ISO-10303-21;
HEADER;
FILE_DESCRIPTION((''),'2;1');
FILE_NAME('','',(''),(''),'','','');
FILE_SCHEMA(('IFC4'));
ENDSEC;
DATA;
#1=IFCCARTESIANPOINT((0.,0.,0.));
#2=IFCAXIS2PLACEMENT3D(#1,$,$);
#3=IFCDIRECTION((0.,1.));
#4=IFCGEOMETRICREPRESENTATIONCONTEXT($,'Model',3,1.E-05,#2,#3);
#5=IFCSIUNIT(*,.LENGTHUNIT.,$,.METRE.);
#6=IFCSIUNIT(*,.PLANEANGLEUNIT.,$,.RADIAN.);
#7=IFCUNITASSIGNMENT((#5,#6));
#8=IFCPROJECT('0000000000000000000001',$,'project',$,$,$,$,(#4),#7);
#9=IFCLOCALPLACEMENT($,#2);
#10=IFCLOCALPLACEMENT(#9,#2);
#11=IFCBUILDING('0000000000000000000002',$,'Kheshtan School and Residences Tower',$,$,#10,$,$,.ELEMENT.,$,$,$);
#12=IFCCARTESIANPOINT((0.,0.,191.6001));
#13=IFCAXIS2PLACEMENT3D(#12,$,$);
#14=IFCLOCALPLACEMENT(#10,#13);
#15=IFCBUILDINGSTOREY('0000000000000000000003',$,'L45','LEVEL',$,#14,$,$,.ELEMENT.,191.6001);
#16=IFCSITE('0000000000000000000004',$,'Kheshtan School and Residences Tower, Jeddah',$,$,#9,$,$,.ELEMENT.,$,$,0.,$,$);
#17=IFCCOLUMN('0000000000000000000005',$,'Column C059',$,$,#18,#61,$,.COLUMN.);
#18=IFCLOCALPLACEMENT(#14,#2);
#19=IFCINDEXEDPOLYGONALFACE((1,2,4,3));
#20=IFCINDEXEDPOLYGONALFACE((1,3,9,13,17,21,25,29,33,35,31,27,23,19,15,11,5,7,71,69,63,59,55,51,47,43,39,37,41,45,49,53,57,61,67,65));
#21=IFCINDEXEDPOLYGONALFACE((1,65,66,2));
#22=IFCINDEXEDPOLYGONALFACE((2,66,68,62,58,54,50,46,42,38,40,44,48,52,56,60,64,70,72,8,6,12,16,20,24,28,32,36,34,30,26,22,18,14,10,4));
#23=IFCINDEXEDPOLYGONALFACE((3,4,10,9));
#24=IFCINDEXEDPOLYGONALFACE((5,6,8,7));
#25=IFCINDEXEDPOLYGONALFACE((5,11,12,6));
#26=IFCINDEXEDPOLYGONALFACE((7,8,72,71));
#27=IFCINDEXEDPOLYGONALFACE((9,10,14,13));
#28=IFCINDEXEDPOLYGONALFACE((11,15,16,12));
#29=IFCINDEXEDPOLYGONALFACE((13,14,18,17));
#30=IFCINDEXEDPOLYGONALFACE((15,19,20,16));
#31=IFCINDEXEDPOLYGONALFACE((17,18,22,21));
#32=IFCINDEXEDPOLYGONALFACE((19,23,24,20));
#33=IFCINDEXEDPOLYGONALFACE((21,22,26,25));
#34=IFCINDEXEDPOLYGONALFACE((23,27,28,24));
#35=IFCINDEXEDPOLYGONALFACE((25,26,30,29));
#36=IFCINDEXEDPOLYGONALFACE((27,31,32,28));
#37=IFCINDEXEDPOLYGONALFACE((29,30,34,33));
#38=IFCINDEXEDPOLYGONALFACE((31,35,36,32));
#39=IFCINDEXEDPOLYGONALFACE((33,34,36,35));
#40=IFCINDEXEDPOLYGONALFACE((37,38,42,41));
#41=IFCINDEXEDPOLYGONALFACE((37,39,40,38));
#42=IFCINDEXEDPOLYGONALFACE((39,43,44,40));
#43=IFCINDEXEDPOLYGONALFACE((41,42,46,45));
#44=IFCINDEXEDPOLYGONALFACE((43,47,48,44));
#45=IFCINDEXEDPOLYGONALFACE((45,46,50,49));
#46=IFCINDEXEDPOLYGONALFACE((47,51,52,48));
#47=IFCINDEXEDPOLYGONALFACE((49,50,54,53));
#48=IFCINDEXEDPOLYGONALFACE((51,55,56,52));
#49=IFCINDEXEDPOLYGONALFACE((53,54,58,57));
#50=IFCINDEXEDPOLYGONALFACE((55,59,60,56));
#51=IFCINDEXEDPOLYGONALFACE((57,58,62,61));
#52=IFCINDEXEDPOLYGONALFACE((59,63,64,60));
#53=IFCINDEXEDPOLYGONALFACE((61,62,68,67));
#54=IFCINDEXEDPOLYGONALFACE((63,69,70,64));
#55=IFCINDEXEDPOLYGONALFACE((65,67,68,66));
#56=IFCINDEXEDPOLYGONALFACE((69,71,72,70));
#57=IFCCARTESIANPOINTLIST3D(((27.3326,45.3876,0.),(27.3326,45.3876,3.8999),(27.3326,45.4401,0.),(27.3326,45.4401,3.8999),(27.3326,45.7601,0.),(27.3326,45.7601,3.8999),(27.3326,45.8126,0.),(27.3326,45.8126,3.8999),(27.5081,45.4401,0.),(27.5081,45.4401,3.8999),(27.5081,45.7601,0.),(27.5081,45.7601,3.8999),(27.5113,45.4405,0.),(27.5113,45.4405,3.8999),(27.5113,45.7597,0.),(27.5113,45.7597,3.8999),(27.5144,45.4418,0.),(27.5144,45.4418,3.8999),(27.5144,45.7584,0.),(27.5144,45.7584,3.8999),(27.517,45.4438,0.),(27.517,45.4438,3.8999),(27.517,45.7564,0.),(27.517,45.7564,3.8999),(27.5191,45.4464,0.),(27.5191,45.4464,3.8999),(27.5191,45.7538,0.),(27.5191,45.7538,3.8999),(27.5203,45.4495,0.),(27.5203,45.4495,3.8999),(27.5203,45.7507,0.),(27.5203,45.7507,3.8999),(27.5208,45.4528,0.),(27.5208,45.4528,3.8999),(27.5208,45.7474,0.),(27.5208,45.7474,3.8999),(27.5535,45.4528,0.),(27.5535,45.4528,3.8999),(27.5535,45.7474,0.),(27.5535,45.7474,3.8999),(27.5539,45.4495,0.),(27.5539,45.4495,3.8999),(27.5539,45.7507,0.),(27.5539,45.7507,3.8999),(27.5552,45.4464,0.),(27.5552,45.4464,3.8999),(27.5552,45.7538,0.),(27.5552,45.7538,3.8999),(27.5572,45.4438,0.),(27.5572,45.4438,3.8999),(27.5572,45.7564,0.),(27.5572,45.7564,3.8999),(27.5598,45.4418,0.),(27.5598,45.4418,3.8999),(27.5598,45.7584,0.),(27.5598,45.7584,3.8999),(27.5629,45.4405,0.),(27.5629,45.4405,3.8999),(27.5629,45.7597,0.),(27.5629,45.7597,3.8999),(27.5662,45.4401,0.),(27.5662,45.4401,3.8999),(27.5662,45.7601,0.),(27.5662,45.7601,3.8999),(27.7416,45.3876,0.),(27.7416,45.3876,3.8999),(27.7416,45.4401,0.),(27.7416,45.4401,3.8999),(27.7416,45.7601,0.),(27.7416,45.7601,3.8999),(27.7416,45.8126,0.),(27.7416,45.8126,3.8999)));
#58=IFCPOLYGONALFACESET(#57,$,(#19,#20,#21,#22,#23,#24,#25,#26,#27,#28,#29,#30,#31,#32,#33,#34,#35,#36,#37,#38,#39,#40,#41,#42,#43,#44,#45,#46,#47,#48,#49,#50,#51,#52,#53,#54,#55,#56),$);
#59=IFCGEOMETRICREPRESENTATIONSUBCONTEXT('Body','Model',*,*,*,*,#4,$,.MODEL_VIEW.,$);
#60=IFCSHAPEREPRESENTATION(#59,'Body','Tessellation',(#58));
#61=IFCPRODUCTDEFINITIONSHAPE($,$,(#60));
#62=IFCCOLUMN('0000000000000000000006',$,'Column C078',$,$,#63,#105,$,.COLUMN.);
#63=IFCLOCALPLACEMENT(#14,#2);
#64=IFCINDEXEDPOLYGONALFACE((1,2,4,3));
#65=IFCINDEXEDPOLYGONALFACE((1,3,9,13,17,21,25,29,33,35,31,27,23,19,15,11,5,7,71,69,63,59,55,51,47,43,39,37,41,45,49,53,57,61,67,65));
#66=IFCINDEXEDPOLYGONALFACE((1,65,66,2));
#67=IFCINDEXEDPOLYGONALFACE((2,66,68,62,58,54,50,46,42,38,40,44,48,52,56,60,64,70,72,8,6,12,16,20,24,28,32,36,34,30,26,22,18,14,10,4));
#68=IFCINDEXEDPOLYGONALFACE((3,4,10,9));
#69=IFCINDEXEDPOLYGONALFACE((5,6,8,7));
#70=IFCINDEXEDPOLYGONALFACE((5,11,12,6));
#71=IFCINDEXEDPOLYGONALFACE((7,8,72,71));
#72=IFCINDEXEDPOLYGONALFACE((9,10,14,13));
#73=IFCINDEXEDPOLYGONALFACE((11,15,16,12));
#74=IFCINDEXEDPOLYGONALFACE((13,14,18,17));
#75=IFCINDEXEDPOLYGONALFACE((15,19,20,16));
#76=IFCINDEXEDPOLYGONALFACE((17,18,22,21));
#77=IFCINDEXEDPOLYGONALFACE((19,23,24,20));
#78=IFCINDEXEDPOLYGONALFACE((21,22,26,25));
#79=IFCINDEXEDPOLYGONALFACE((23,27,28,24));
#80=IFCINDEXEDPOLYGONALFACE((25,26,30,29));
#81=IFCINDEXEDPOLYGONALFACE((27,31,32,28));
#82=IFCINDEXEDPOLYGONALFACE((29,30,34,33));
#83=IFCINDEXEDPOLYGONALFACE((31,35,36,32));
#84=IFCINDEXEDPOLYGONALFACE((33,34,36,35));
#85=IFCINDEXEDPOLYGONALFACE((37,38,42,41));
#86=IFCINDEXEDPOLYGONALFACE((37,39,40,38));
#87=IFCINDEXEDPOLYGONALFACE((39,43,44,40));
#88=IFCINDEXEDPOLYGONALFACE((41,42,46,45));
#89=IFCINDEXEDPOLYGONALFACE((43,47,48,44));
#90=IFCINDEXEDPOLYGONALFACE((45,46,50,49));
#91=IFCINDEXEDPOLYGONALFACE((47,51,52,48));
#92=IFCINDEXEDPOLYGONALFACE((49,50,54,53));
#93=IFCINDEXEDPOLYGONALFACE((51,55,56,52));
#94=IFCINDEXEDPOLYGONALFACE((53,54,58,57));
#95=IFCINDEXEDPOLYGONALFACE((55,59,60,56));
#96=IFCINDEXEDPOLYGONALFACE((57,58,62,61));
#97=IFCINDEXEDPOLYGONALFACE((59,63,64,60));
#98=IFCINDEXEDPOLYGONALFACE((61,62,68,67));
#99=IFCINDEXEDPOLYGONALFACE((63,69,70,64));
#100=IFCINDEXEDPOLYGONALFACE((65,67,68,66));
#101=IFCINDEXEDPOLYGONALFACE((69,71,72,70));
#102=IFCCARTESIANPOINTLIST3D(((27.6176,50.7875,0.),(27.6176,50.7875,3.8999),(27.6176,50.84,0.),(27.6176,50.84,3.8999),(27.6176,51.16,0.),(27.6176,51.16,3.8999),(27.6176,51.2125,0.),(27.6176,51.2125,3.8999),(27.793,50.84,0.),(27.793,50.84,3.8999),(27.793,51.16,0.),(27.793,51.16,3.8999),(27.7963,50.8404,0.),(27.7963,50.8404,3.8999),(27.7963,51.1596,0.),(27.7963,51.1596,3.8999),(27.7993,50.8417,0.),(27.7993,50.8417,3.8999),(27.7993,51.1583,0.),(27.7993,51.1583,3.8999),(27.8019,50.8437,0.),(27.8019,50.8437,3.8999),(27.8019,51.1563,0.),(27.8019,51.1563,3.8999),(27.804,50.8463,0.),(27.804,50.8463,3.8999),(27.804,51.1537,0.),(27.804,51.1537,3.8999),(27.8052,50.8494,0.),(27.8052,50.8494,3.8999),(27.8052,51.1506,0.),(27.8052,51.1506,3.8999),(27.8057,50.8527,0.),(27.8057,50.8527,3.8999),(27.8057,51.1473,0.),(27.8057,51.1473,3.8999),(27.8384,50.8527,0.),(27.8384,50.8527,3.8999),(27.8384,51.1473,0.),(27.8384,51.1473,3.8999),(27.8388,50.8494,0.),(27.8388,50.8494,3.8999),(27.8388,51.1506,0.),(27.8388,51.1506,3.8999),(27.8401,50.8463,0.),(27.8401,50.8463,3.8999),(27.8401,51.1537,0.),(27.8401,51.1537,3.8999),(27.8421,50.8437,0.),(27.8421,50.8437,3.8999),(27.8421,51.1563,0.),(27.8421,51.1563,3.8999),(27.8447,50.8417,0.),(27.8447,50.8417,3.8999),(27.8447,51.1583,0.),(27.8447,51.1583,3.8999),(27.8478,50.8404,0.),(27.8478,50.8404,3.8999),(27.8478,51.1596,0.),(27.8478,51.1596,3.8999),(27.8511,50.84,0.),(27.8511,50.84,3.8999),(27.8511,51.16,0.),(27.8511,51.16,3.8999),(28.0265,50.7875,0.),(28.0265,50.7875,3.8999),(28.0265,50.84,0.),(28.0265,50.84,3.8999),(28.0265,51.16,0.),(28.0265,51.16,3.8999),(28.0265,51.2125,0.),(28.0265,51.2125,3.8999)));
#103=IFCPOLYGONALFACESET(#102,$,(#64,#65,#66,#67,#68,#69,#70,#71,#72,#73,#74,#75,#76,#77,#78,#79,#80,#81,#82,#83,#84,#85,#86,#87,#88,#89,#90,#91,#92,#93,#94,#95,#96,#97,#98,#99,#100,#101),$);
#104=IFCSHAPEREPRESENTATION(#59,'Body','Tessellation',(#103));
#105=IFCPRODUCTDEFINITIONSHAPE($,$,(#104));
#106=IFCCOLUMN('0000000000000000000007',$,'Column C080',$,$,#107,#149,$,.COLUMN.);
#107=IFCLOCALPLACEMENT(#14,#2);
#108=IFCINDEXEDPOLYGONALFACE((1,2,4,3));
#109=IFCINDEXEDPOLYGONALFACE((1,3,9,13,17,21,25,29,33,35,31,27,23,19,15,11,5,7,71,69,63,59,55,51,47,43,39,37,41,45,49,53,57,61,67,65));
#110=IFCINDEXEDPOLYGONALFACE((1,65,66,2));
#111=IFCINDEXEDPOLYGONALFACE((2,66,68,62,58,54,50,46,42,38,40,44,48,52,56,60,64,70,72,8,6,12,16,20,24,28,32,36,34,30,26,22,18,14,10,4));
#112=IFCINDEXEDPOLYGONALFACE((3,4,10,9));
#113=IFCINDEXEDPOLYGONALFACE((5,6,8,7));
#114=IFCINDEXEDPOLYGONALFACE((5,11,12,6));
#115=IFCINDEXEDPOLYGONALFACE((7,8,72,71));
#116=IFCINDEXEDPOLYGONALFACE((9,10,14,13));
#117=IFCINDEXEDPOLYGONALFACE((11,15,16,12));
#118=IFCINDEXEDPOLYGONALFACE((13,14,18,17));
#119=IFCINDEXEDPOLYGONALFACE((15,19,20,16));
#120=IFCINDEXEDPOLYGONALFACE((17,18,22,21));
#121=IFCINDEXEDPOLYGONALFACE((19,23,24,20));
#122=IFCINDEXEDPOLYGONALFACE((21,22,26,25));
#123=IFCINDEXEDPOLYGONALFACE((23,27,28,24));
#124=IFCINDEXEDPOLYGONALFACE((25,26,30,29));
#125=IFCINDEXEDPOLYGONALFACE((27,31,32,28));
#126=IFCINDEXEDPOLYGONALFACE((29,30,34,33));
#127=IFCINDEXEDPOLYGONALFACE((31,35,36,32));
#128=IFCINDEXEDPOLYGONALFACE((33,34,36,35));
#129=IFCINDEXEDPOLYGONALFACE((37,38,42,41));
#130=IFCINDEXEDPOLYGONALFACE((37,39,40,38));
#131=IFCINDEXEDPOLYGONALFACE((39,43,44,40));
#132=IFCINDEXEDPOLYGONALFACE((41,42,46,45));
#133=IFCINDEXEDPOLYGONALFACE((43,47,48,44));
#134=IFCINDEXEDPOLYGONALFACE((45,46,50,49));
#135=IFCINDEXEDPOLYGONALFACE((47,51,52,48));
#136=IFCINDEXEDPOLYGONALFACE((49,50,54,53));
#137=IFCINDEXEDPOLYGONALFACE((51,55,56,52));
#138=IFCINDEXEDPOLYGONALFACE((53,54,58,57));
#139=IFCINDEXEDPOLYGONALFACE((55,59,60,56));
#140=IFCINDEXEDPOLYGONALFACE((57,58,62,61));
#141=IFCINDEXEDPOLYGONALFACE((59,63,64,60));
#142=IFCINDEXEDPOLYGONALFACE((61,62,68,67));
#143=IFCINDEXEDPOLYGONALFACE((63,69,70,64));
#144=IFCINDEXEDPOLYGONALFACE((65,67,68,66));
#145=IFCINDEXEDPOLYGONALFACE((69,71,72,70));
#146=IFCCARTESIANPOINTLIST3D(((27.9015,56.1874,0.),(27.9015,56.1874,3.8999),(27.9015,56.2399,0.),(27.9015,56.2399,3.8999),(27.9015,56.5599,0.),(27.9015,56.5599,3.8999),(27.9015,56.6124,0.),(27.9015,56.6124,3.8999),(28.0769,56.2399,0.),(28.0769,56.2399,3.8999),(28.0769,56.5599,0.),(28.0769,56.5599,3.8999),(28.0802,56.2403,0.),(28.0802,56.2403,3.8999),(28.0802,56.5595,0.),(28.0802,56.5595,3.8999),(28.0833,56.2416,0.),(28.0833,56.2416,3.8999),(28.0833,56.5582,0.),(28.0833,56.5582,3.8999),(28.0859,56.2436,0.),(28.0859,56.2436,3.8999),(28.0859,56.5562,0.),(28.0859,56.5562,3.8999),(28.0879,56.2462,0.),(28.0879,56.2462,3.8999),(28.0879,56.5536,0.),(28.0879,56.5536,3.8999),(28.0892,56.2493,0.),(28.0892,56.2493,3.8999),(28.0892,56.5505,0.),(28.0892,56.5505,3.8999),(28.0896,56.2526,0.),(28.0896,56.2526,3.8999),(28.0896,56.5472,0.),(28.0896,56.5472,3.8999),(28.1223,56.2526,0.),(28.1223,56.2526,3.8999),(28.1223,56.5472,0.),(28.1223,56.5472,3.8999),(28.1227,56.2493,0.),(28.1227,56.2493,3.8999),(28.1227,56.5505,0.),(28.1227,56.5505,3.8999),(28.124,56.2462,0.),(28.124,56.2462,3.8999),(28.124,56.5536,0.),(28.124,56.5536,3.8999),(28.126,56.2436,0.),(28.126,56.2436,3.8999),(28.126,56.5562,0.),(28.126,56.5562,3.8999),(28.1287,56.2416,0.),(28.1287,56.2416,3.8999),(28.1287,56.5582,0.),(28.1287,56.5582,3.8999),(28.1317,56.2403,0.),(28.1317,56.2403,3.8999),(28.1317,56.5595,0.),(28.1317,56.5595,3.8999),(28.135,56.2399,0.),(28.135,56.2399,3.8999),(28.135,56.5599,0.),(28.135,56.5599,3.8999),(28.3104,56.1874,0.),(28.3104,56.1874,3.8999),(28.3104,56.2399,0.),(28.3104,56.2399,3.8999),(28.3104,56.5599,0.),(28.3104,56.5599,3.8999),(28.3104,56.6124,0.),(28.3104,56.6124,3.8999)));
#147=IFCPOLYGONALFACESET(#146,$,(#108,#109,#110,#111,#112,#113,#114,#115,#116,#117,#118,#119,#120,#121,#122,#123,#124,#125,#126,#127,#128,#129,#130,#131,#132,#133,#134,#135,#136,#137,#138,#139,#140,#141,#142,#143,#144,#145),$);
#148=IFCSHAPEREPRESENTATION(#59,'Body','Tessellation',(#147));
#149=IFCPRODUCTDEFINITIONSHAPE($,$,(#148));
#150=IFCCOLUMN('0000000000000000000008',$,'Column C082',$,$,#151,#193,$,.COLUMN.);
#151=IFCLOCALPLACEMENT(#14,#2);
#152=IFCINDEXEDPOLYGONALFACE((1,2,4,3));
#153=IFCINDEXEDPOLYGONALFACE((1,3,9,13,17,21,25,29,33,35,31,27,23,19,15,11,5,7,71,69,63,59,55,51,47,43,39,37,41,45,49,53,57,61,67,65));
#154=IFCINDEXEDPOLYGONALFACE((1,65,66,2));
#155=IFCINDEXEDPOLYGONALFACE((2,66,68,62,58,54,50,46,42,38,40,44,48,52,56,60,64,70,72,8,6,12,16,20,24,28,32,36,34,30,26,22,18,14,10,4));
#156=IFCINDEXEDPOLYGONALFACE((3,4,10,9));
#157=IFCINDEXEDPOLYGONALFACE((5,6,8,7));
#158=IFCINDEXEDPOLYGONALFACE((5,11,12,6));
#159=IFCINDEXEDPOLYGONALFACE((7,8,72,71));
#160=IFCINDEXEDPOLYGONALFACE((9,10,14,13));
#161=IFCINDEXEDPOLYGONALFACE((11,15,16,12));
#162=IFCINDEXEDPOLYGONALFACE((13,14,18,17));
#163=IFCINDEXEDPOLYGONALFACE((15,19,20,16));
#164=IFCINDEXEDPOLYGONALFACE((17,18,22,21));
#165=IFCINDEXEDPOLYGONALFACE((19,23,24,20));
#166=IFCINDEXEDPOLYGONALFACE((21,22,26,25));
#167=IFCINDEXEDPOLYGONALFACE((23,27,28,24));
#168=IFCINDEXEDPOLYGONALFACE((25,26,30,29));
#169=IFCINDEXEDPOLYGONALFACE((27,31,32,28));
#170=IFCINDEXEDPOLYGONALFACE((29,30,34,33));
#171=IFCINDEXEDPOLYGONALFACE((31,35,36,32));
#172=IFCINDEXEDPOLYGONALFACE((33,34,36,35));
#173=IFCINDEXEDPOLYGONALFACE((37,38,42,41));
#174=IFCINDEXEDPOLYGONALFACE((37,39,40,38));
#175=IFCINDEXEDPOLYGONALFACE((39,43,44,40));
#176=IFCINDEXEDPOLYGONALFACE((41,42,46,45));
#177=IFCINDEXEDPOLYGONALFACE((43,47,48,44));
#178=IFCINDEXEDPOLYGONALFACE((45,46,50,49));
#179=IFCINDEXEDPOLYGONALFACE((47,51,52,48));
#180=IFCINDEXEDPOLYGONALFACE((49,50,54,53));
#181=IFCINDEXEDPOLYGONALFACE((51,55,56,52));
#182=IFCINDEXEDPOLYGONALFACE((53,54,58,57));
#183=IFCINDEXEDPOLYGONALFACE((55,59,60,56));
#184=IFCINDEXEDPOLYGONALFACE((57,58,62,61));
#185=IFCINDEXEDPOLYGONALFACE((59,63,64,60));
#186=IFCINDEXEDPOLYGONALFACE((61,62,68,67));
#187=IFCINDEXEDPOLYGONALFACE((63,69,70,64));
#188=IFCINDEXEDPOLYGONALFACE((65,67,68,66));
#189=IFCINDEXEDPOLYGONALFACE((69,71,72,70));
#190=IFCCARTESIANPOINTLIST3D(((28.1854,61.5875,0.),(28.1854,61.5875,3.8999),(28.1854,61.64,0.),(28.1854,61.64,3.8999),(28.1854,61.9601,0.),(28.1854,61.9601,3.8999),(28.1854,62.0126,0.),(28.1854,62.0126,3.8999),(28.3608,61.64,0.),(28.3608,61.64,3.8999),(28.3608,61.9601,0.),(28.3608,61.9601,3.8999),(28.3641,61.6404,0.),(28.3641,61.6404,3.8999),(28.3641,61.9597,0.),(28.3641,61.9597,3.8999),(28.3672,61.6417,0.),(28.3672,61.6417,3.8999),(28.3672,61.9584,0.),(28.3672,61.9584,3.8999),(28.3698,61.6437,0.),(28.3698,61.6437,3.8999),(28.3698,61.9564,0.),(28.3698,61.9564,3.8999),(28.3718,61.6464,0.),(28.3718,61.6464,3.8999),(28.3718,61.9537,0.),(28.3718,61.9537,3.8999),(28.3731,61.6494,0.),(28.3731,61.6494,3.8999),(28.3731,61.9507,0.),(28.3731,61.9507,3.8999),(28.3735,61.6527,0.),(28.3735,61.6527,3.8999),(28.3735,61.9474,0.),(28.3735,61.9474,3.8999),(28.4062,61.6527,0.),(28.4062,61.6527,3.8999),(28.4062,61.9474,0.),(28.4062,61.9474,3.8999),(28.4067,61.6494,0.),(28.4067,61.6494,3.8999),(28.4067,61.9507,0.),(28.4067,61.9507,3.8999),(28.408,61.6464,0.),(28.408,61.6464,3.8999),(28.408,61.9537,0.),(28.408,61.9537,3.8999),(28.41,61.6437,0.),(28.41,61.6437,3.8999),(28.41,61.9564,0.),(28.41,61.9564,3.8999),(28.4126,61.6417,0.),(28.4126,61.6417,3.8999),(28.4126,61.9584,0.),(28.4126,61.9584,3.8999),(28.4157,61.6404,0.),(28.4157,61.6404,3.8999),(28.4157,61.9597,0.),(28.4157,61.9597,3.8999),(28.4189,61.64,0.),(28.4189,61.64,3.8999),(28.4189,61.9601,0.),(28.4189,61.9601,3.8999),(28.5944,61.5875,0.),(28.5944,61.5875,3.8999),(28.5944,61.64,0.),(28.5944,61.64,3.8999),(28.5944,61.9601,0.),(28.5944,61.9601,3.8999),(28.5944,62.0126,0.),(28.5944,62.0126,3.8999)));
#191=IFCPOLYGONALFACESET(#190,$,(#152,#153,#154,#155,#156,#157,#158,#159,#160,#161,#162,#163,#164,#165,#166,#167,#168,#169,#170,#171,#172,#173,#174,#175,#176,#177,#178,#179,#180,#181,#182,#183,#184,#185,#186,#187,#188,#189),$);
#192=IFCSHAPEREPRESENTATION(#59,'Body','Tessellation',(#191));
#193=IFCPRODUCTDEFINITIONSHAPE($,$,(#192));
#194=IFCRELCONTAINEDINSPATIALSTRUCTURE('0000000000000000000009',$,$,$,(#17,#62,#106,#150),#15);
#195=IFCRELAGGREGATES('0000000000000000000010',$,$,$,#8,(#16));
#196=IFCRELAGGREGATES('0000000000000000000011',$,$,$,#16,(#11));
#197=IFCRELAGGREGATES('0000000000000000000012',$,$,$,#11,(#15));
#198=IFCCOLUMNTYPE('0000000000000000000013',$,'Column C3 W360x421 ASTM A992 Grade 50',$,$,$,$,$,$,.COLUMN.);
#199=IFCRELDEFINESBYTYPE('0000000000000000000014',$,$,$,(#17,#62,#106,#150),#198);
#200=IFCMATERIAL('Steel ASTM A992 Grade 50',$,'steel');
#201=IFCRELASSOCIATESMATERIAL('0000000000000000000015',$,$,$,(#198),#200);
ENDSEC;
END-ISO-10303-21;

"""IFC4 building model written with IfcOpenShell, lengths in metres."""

from ifc_helpers import new_model, si_unit, direction, frame, origin, origin_2d, place, context, subcontext, project, spatial, i_section, extrude, material, material_profile, profile_set, type_object, element, save


model = new_model("IFC4")

# Units and contexts
model_context = context("Model", 3, precision=1e-05, world=origin(), true_north=direction((0.0, 1.0)))
body_context = subcontext(model_context, "Body", "Model", "MODEL_VIEW")
ifc_project = project(units=[si_unit("LENGTHUNIT", "METRE"), si_unit("PLANEANGLEUNIT", "RADIAN")], contexts=[model_context])

# Site, building, storey
site_placement = place(None, origin())
site = spatial("IfcSite", under=ifc_project, at=site_placement, Name="Kheshtan School and Residences Tower, Jeddah", CompositionType="ELEMENT", RefElevation=0.0)
building_placement = place(site_placement, origin())
building = spatial("IfcBuilding", under=site, at=building_placement, Name="Kheshtan School and Residences Tower", CompositionType="ELEMENT")
storey_placement = place(building_placement, frame((0.0, 0.0, 191.6001)))
storey = spatial("IfcBuildingStorey", under=building, at=storey_placement, Name="L45", Description="LEVEL", CompositionType="ELEMENT", Elevation=191.6001)

# Columns
ifc_material_1 = material(Name="Steel ASTM A992 Grade 50", Category="steel")
ifc_material_profile_1 = material_profile(ifc_material_1, i_section(OverallWidth=0.4089, OverallDepth=0.425, WebThickness=0.0327, FlangeThickness=0.0525, FilletRadius=0.0127, at=origin_2d()), Name="W360x421")
ifc_profile_set_1 = profile_set([ifc_material_profile_1], Name="Steel ASTM A992 Grade 50")
column_type = type_object("IfcColumnType", Name="Column C3 W360x421 ASTM A992 Grade 50", PredefinedType="COLUMN", material=ifc_profile_set_1)
for number, where, z_axis, x_axis, name in (
    (1, (27.5371, 45.6001, 0.0), (0.0, 0.0, 1.0), (1.0, 0.0, 0.0), "Column C059"),
    (2, (27.822, 51.0, 0.0), (0.0, 0.0, 1.0), (1.0, 0.0, 0.0), "Column C078"),
    (3, (28.106, 56.3999, 0.0), (0.0, 0.0, 1.0), (1.0, 0.0, 0.0), "Column C080"),
    (4, (28.3899, 61.8, 0.0), (0.0, 0.0, 1.0), (1.0, 0.0, 0.0), "Column C082"),
):
    element("IfcColumn", number, at=place(storey_placement, frame(where, z_axis=z_axis, x_axis=x_axis)), inside=storey, type_object=column_type, Name=name, PredefinedType="COLUMN", context=body_context, shape_type="SweptSolid", body=[
        extrude(i_section(OverallWidth=0.4089, OverallDepth=0.425, WebThickness=0.0327, FlangeThickness=0.0525, FilletRadius=0.0127, at=origin_2d()), origin(), (0.0, 0.0, 1.0), 3.8999),
    ])

save(model, "model.ifc")
